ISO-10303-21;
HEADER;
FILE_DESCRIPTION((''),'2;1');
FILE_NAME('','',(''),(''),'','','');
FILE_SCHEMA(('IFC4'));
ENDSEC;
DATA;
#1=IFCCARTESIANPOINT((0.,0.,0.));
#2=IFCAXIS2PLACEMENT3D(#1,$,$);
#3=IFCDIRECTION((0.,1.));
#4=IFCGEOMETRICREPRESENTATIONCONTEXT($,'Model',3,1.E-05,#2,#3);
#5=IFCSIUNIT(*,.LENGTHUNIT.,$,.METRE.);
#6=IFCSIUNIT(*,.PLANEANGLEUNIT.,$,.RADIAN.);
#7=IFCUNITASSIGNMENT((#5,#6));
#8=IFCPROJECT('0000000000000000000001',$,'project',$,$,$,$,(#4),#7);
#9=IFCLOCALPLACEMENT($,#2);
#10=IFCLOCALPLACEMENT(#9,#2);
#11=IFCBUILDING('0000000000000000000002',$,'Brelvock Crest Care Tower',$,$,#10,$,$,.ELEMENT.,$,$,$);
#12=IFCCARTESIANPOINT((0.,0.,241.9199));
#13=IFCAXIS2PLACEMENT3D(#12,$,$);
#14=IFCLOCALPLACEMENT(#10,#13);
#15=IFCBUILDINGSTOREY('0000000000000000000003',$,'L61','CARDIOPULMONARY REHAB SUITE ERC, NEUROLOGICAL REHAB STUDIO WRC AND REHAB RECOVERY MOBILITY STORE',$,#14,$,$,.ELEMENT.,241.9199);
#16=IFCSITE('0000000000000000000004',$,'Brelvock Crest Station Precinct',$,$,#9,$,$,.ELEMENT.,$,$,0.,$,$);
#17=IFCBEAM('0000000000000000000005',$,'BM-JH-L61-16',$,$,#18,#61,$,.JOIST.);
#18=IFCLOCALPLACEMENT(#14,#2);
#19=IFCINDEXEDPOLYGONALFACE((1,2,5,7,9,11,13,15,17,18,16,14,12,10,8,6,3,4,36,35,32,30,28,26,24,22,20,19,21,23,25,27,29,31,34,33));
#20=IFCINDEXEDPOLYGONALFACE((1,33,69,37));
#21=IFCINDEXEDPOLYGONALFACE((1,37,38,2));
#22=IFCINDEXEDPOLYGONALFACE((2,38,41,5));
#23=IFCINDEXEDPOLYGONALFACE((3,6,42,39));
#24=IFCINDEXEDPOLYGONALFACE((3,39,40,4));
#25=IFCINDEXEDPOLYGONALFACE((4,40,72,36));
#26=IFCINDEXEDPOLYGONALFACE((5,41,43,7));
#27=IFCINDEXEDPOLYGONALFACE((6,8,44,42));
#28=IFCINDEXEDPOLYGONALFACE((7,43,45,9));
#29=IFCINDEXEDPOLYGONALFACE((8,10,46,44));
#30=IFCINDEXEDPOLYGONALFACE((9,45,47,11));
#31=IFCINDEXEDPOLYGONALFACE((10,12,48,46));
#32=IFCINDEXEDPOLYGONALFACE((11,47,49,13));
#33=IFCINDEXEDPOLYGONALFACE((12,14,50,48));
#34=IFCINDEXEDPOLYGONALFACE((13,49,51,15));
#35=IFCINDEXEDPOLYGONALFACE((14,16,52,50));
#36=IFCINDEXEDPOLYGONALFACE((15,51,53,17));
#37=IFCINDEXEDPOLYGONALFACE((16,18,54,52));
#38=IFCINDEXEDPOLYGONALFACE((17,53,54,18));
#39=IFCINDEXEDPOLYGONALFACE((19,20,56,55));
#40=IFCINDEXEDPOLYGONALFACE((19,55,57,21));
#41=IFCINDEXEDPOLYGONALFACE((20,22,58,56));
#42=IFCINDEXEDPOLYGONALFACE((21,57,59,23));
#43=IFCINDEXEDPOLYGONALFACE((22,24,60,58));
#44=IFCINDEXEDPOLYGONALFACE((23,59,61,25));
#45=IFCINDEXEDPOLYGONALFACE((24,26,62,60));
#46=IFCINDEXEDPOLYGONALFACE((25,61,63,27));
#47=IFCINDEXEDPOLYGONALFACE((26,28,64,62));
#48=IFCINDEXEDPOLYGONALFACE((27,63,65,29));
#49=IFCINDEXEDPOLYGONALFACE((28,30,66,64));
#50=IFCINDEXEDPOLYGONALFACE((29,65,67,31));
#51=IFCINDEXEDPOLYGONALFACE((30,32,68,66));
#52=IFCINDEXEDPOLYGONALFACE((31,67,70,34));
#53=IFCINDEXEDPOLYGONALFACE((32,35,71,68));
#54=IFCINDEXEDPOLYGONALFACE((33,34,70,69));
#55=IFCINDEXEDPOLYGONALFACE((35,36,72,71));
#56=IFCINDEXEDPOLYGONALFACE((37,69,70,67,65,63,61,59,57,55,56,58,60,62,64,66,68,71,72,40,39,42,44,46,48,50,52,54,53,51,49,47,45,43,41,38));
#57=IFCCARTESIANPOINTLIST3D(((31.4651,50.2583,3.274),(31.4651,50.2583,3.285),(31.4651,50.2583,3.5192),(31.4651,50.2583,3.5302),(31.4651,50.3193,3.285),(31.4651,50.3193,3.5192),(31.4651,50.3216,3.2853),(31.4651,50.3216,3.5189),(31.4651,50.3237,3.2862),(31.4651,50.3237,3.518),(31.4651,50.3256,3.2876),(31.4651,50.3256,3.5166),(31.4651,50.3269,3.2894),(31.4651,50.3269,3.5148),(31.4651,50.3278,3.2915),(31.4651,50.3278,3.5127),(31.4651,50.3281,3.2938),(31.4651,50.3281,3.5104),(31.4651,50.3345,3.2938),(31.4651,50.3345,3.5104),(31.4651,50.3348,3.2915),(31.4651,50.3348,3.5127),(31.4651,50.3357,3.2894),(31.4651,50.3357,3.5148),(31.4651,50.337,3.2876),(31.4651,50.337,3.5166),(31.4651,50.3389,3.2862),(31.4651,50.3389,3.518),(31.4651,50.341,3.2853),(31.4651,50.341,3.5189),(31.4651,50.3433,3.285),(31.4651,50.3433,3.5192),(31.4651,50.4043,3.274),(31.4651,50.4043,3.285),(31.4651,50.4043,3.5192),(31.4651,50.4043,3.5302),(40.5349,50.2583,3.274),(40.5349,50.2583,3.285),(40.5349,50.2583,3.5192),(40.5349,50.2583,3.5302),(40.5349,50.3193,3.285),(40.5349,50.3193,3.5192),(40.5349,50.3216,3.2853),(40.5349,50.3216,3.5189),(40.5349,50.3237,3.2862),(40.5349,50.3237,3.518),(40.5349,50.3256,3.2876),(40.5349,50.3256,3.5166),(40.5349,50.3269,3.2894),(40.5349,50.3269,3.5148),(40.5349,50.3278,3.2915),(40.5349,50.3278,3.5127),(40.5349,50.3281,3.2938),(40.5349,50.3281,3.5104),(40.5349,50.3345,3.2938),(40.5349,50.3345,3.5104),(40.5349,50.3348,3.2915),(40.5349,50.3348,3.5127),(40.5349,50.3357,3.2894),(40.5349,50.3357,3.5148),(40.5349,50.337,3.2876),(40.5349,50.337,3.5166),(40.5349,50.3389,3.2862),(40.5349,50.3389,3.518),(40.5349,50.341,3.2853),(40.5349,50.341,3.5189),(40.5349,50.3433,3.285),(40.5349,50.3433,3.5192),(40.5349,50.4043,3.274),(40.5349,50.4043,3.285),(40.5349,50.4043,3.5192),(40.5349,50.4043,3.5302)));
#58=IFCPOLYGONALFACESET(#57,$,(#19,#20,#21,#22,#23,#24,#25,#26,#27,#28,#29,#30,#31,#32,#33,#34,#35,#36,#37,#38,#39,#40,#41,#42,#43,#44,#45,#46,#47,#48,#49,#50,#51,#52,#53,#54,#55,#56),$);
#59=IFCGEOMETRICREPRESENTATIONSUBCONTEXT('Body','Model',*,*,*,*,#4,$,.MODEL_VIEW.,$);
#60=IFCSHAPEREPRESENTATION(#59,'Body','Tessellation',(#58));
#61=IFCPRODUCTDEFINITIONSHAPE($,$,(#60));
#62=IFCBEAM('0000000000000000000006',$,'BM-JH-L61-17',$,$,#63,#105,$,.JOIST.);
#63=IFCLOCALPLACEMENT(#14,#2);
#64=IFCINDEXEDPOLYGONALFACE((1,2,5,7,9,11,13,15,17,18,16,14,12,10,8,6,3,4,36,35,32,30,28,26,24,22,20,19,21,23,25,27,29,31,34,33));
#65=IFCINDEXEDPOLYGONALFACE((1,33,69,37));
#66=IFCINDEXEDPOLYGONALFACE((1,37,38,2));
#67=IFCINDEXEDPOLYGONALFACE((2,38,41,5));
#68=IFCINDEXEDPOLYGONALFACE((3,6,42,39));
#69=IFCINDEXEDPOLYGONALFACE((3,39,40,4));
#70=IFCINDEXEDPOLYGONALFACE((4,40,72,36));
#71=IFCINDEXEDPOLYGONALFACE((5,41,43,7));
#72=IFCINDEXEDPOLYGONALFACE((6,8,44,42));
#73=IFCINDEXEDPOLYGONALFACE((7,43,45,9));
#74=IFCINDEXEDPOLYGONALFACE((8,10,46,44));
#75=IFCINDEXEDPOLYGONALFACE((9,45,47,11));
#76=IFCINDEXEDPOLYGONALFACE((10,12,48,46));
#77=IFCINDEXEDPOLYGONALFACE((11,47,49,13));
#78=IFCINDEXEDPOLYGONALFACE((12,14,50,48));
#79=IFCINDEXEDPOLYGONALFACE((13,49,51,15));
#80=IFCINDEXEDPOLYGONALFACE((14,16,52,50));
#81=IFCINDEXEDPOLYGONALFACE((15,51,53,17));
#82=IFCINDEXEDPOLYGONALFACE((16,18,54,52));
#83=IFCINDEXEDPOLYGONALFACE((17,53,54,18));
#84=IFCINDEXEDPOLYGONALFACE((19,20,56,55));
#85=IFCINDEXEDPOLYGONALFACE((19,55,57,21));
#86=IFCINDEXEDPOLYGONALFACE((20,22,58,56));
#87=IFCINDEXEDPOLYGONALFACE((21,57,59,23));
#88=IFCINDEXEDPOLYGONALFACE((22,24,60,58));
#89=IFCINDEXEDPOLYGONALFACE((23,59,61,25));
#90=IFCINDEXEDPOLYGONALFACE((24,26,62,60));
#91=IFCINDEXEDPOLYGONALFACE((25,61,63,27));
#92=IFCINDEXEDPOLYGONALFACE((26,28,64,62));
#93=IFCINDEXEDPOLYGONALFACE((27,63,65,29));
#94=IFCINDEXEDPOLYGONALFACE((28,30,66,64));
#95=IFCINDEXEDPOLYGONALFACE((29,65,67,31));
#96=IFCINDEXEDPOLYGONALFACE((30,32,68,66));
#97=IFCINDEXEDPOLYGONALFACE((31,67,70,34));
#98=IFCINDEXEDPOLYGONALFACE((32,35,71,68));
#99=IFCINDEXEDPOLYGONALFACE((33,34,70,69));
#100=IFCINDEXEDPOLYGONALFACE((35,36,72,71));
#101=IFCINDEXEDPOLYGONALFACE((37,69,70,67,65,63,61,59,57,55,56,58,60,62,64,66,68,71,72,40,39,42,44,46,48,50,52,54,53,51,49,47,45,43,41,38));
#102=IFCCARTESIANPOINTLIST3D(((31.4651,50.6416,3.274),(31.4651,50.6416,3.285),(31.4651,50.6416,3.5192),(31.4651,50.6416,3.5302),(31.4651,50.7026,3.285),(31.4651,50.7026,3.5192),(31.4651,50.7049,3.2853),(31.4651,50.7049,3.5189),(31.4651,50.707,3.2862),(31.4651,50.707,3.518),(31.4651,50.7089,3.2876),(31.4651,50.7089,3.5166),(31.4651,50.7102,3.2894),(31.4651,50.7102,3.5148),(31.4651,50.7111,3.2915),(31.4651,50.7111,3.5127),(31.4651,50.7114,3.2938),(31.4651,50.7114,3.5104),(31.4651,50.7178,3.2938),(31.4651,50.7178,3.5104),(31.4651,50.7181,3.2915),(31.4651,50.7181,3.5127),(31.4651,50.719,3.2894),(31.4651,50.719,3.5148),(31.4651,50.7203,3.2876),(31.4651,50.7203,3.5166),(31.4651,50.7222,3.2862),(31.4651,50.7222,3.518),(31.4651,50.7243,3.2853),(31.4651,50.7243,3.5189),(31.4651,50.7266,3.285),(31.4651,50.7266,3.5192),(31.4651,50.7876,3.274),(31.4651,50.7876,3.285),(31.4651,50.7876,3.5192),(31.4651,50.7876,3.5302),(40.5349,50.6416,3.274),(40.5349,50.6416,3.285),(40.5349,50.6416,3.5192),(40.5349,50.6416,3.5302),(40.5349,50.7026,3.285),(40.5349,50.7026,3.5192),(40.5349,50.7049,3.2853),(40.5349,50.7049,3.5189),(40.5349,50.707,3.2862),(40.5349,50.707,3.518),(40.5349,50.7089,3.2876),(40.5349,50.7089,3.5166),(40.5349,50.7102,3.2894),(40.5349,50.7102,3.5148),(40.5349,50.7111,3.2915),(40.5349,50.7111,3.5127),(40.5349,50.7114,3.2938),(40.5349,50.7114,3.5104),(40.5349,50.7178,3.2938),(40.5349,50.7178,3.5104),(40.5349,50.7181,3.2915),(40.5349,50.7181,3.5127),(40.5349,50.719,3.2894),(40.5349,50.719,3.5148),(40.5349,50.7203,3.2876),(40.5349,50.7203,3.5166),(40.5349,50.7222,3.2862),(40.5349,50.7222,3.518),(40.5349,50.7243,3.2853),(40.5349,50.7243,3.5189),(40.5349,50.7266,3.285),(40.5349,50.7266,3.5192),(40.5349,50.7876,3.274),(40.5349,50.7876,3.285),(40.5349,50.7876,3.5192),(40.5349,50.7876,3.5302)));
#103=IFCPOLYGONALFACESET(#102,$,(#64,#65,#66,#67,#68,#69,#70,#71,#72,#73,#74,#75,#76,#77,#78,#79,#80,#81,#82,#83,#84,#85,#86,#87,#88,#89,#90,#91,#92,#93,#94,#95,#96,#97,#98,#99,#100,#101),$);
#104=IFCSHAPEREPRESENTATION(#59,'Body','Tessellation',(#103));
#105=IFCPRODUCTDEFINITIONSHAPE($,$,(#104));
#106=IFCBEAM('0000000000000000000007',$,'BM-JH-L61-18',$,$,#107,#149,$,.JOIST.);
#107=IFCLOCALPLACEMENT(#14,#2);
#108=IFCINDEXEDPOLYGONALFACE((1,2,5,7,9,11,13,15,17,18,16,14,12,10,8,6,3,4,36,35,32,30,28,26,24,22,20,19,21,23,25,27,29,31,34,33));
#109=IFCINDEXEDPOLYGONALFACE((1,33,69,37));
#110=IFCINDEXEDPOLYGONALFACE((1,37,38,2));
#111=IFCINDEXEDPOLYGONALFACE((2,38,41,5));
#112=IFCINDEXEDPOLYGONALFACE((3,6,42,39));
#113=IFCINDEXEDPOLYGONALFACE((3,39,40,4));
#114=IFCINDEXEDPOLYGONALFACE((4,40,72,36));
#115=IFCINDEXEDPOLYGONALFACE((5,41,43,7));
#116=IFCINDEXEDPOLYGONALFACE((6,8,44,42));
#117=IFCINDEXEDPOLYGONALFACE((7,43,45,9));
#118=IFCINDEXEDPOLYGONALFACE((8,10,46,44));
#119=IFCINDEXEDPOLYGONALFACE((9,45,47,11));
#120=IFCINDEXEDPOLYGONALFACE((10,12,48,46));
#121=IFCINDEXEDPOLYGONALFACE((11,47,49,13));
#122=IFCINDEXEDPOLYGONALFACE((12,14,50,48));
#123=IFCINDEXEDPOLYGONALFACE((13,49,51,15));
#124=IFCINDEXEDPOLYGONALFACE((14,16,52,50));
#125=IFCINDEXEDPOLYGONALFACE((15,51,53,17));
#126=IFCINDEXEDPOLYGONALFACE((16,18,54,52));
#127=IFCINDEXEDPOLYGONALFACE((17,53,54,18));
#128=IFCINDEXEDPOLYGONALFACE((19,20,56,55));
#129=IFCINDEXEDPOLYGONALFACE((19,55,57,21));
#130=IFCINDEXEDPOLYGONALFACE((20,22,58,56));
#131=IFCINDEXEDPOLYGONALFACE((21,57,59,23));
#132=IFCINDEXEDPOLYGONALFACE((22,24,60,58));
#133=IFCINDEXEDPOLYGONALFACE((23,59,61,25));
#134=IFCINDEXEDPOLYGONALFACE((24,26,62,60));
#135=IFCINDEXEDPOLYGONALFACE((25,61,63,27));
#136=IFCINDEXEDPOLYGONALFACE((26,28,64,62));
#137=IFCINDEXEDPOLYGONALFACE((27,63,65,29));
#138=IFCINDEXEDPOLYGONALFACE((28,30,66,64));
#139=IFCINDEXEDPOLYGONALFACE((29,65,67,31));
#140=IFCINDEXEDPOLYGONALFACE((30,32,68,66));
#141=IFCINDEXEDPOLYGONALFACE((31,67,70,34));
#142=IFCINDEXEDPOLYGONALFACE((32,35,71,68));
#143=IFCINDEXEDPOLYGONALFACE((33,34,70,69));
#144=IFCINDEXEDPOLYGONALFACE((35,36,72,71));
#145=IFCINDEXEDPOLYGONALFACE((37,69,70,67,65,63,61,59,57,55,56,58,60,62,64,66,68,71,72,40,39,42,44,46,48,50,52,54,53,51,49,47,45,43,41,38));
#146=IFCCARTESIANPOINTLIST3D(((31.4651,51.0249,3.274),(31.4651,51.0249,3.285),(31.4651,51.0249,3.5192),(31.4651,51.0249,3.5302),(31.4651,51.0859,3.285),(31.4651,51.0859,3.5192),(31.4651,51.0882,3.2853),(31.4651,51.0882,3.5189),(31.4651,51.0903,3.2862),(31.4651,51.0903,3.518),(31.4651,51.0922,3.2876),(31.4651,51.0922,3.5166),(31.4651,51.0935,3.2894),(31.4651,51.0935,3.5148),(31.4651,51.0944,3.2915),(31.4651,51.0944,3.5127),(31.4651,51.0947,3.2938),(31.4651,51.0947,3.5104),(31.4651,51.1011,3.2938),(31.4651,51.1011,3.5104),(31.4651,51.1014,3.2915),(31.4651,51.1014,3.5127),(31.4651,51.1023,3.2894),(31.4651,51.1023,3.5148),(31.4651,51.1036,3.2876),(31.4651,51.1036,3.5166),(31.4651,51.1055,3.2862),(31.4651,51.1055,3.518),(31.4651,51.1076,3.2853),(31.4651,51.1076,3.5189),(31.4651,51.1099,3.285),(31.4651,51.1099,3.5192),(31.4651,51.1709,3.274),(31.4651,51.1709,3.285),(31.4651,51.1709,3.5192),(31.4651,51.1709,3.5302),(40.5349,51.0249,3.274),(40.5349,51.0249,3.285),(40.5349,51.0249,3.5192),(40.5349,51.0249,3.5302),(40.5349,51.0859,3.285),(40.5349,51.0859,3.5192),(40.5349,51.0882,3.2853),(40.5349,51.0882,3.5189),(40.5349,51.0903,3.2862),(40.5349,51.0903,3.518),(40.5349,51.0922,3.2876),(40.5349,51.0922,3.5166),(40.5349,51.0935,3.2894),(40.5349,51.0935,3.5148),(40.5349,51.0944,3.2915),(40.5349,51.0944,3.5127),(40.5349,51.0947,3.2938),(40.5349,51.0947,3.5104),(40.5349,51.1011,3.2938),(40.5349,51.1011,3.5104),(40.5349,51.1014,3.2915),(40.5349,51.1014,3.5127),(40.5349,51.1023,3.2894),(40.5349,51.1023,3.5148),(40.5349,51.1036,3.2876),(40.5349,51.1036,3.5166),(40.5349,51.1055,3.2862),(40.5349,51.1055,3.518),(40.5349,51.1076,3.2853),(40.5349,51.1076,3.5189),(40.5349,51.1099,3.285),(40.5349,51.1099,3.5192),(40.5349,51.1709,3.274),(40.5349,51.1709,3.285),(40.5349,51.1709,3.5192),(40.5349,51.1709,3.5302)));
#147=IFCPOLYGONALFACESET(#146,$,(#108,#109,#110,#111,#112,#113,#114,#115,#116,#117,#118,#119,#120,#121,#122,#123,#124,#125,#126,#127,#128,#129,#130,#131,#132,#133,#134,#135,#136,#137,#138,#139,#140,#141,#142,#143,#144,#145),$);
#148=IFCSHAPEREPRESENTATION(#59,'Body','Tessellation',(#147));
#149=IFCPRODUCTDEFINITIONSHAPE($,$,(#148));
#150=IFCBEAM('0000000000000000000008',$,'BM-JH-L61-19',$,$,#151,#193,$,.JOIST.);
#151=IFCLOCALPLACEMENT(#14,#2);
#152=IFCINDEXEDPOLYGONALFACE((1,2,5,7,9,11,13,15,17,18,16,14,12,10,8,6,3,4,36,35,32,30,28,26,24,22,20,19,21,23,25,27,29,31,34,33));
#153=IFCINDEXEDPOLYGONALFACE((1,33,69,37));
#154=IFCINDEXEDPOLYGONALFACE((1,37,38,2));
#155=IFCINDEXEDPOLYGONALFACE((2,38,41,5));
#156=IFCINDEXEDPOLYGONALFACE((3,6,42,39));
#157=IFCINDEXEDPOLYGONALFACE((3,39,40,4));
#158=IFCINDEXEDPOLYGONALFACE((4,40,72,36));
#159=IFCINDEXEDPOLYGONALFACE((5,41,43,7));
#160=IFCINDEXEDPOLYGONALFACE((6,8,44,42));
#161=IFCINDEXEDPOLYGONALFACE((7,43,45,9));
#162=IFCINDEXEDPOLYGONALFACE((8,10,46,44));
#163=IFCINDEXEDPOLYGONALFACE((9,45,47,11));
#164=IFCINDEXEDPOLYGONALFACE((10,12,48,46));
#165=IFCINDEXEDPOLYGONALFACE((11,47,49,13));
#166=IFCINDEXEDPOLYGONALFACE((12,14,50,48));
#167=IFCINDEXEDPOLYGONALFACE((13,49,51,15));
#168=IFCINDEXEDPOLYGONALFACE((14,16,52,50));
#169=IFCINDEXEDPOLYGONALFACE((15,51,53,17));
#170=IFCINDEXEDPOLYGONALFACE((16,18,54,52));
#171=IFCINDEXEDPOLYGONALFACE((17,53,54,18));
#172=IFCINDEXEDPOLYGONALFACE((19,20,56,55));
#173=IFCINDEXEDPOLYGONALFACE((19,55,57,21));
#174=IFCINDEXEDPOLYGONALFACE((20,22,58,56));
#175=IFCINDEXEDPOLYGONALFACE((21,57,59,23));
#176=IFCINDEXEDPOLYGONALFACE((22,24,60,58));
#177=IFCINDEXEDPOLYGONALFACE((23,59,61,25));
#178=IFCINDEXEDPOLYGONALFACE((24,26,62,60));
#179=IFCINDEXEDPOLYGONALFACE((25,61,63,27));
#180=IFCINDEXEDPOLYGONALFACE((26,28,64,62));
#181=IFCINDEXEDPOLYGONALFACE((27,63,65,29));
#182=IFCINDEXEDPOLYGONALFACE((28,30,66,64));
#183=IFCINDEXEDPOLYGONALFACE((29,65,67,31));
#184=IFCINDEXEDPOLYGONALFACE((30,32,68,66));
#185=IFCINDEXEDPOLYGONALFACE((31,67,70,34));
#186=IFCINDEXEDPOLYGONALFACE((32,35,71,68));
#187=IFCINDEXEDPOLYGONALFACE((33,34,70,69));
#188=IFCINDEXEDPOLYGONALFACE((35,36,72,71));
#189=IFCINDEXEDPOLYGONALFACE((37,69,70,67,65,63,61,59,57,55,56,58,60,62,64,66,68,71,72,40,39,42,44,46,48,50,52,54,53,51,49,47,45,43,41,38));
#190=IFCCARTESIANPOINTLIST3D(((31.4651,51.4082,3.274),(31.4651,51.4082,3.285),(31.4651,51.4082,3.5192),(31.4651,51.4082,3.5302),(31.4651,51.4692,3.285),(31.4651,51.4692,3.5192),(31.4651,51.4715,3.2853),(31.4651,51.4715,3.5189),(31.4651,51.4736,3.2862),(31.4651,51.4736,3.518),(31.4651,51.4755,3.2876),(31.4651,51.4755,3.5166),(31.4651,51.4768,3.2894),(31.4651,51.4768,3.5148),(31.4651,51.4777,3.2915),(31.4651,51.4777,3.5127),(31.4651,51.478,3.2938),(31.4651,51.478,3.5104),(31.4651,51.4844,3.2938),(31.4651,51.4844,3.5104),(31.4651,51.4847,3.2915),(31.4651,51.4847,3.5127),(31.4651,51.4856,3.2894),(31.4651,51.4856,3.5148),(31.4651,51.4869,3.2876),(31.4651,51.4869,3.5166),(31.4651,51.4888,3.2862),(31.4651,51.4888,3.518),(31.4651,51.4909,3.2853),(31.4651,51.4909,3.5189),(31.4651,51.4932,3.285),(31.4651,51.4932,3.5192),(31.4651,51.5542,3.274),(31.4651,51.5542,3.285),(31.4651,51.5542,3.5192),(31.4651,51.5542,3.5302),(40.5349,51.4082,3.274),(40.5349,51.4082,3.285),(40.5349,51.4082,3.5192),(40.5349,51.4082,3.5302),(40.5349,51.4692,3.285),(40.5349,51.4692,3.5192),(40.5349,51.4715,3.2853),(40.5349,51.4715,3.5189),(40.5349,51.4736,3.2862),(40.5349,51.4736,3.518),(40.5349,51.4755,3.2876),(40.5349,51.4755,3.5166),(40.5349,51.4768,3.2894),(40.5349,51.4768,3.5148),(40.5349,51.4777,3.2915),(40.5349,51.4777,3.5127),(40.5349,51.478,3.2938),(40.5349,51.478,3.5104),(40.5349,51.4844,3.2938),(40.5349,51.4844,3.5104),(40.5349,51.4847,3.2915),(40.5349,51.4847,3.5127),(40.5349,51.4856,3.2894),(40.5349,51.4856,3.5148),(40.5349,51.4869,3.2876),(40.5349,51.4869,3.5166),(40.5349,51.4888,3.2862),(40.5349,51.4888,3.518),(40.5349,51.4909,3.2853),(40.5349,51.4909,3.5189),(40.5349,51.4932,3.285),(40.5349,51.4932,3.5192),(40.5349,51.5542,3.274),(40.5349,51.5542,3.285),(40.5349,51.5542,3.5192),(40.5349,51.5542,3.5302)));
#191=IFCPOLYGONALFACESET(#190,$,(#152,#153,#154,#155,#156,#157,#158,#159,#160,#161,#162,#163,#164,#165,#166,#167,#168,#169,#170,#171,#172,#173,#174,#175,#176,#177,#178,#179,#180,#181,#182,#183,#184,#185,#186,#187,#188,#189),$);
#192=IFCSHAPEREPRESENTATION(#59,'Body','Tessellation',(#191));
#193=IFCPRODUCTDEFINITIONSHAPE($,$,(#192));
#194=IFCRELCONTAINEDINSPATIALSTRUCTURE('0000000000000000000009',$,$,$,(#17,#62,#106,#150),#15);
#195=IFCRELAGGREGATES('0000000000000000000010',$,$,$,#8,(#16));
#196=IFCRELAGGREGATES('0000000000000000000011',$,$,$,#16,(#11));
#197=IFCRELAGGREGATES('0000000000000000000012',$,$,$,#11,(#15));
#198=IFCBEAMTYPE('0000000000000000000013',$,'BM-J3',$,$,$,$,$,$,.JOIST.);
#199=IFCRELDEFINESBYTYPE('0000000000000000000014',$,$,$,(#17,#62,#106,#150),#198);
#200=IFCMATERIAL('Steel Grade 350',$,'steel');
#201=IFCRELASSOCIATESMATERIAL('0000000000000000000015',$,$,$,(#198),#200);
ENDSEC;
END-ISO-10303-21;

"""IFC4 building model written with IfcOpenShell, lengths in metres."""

from ifc_helpers import new_model, si_unit, direction, frame, origin, origin_2d, place, context, subcontext, project, spatial, i_section, extrude, source, transform, mapped, material, material_profile, profile_set, type_object, element, save


model = new_model("IFC4")

# Units and contexts
model_context = context("Model", 3, precision=1e-05, world=origin(), true_north=direction((0.0, 1.0)))
body_context = subcontext(model_context, "Body", "Model", "MODEL_VIEW")
ifc_project = project(units=[si_unit("LENGTHUNIT", "METRE"), si_unit("PLANEANGLEUNIT", "RADIAN")], contexts=[model_context])

# Site, building, storey
site_placement = place(None, origin())
site = spatial("IfcSite", under=ifc_project, at=site_placement, Name="Brelvock Crest Station Precinct", CompositionType="ELEMENT", RefElevation=0.0)
building_placement = place(site_placement, origin())
building = spatial("IfcBuilding", under=site, at=building_placement, Name="Brelvock Crest Care Tower", CompositionType="ELEMENT")
storey_placement = place(building_placement, frame((0.0, 0.0, 241.9199)))
storey = spatial("IfcBuildingStorey", under=building, at=storey_placement, Name="L61", Description="CARDIOPULMONARY REHAB SUITE ERC, NEUROLOGICAL REHAB STUDIO WRC AND REHAB RECOVERY MOBILITY STORE", CompositionType="ELEMENT", Elevation=241.9199)

# Beams
ifc_material_1 = material(Name="Steel Grade 350", Category="steel")
ifc_material_profile_1 = material_profile(ifc_material_1, i_section(OverallWidth=0.146, OverallDepth=0.2561, WebThickness=0.0063, FlangeThickness=0.011, FilletRadius=0.0088, at=origin_2d()), Name="250UB37.3")
ifc_profile_set_1 = profile_set([ifc_material_profile_1], Name="Steel Grade 350")
beam_type_1 = type_object("IfcBeamType", Name="BM-J3", PredefinedType="JOIST", material=ifc_profile_set_1)
shared_shape_1 = source(origin(), body_context, "Body", "SweptSolid", [
    extrude(i_section(OverallWidth=0.146, OverallDepth=0.2561, WebThickness=0.0063, FlangeThickness=0.011, FilletRadius=0.0088, at=origin_2d()), origin(), (0.0, 0.0, 1.0), 9.0698),
])
for number, where, z_axis, x_axis, name in (
    (1, (31.4651, 50.3313, 3.4021), (1.0, 0.0, 0.0), (0.0, 1.0, 0.0), "BM-JH-L61-16"),
    (2, (31.4651, 50.7146, 3.4021), (1.0, 0.0, 0.0), (0.0, 1.0, 0.0), "BM-JH-L61-17"),
    (3, (31.4651, 51.0979, 3.4021), (1.0, 0.0, 0.0), (0.0, 1.0, 0.0), "BM-JH-L61-18"),
    (4, (31.4651, 51.4812, 3.4021), (1.0, 0.0, 0.0), (0.0, 1.0, 0.0), "BM-JH-L61-19"),
):
    element("IfcBeam", number, at=place(storey_placement, frame(where, z_axis=z_axis, x_axis=x_axis)), inside=storey, type_object=beam_type_1, Name=name, PredefinedType="JOIST", context=body_context, shape_type="MappedRepresentation", body=[
        mapped(shared_shape_1, transform((0.0, 0.0, 0.0), x_axis=(1.0, 0.0, 0.0), y_axis=(0.0, 1.0, 0.0), z_axis=(0.0, 0.0, 1.0), scale=1.0)),
    ])

save(model, "model.ifc")
